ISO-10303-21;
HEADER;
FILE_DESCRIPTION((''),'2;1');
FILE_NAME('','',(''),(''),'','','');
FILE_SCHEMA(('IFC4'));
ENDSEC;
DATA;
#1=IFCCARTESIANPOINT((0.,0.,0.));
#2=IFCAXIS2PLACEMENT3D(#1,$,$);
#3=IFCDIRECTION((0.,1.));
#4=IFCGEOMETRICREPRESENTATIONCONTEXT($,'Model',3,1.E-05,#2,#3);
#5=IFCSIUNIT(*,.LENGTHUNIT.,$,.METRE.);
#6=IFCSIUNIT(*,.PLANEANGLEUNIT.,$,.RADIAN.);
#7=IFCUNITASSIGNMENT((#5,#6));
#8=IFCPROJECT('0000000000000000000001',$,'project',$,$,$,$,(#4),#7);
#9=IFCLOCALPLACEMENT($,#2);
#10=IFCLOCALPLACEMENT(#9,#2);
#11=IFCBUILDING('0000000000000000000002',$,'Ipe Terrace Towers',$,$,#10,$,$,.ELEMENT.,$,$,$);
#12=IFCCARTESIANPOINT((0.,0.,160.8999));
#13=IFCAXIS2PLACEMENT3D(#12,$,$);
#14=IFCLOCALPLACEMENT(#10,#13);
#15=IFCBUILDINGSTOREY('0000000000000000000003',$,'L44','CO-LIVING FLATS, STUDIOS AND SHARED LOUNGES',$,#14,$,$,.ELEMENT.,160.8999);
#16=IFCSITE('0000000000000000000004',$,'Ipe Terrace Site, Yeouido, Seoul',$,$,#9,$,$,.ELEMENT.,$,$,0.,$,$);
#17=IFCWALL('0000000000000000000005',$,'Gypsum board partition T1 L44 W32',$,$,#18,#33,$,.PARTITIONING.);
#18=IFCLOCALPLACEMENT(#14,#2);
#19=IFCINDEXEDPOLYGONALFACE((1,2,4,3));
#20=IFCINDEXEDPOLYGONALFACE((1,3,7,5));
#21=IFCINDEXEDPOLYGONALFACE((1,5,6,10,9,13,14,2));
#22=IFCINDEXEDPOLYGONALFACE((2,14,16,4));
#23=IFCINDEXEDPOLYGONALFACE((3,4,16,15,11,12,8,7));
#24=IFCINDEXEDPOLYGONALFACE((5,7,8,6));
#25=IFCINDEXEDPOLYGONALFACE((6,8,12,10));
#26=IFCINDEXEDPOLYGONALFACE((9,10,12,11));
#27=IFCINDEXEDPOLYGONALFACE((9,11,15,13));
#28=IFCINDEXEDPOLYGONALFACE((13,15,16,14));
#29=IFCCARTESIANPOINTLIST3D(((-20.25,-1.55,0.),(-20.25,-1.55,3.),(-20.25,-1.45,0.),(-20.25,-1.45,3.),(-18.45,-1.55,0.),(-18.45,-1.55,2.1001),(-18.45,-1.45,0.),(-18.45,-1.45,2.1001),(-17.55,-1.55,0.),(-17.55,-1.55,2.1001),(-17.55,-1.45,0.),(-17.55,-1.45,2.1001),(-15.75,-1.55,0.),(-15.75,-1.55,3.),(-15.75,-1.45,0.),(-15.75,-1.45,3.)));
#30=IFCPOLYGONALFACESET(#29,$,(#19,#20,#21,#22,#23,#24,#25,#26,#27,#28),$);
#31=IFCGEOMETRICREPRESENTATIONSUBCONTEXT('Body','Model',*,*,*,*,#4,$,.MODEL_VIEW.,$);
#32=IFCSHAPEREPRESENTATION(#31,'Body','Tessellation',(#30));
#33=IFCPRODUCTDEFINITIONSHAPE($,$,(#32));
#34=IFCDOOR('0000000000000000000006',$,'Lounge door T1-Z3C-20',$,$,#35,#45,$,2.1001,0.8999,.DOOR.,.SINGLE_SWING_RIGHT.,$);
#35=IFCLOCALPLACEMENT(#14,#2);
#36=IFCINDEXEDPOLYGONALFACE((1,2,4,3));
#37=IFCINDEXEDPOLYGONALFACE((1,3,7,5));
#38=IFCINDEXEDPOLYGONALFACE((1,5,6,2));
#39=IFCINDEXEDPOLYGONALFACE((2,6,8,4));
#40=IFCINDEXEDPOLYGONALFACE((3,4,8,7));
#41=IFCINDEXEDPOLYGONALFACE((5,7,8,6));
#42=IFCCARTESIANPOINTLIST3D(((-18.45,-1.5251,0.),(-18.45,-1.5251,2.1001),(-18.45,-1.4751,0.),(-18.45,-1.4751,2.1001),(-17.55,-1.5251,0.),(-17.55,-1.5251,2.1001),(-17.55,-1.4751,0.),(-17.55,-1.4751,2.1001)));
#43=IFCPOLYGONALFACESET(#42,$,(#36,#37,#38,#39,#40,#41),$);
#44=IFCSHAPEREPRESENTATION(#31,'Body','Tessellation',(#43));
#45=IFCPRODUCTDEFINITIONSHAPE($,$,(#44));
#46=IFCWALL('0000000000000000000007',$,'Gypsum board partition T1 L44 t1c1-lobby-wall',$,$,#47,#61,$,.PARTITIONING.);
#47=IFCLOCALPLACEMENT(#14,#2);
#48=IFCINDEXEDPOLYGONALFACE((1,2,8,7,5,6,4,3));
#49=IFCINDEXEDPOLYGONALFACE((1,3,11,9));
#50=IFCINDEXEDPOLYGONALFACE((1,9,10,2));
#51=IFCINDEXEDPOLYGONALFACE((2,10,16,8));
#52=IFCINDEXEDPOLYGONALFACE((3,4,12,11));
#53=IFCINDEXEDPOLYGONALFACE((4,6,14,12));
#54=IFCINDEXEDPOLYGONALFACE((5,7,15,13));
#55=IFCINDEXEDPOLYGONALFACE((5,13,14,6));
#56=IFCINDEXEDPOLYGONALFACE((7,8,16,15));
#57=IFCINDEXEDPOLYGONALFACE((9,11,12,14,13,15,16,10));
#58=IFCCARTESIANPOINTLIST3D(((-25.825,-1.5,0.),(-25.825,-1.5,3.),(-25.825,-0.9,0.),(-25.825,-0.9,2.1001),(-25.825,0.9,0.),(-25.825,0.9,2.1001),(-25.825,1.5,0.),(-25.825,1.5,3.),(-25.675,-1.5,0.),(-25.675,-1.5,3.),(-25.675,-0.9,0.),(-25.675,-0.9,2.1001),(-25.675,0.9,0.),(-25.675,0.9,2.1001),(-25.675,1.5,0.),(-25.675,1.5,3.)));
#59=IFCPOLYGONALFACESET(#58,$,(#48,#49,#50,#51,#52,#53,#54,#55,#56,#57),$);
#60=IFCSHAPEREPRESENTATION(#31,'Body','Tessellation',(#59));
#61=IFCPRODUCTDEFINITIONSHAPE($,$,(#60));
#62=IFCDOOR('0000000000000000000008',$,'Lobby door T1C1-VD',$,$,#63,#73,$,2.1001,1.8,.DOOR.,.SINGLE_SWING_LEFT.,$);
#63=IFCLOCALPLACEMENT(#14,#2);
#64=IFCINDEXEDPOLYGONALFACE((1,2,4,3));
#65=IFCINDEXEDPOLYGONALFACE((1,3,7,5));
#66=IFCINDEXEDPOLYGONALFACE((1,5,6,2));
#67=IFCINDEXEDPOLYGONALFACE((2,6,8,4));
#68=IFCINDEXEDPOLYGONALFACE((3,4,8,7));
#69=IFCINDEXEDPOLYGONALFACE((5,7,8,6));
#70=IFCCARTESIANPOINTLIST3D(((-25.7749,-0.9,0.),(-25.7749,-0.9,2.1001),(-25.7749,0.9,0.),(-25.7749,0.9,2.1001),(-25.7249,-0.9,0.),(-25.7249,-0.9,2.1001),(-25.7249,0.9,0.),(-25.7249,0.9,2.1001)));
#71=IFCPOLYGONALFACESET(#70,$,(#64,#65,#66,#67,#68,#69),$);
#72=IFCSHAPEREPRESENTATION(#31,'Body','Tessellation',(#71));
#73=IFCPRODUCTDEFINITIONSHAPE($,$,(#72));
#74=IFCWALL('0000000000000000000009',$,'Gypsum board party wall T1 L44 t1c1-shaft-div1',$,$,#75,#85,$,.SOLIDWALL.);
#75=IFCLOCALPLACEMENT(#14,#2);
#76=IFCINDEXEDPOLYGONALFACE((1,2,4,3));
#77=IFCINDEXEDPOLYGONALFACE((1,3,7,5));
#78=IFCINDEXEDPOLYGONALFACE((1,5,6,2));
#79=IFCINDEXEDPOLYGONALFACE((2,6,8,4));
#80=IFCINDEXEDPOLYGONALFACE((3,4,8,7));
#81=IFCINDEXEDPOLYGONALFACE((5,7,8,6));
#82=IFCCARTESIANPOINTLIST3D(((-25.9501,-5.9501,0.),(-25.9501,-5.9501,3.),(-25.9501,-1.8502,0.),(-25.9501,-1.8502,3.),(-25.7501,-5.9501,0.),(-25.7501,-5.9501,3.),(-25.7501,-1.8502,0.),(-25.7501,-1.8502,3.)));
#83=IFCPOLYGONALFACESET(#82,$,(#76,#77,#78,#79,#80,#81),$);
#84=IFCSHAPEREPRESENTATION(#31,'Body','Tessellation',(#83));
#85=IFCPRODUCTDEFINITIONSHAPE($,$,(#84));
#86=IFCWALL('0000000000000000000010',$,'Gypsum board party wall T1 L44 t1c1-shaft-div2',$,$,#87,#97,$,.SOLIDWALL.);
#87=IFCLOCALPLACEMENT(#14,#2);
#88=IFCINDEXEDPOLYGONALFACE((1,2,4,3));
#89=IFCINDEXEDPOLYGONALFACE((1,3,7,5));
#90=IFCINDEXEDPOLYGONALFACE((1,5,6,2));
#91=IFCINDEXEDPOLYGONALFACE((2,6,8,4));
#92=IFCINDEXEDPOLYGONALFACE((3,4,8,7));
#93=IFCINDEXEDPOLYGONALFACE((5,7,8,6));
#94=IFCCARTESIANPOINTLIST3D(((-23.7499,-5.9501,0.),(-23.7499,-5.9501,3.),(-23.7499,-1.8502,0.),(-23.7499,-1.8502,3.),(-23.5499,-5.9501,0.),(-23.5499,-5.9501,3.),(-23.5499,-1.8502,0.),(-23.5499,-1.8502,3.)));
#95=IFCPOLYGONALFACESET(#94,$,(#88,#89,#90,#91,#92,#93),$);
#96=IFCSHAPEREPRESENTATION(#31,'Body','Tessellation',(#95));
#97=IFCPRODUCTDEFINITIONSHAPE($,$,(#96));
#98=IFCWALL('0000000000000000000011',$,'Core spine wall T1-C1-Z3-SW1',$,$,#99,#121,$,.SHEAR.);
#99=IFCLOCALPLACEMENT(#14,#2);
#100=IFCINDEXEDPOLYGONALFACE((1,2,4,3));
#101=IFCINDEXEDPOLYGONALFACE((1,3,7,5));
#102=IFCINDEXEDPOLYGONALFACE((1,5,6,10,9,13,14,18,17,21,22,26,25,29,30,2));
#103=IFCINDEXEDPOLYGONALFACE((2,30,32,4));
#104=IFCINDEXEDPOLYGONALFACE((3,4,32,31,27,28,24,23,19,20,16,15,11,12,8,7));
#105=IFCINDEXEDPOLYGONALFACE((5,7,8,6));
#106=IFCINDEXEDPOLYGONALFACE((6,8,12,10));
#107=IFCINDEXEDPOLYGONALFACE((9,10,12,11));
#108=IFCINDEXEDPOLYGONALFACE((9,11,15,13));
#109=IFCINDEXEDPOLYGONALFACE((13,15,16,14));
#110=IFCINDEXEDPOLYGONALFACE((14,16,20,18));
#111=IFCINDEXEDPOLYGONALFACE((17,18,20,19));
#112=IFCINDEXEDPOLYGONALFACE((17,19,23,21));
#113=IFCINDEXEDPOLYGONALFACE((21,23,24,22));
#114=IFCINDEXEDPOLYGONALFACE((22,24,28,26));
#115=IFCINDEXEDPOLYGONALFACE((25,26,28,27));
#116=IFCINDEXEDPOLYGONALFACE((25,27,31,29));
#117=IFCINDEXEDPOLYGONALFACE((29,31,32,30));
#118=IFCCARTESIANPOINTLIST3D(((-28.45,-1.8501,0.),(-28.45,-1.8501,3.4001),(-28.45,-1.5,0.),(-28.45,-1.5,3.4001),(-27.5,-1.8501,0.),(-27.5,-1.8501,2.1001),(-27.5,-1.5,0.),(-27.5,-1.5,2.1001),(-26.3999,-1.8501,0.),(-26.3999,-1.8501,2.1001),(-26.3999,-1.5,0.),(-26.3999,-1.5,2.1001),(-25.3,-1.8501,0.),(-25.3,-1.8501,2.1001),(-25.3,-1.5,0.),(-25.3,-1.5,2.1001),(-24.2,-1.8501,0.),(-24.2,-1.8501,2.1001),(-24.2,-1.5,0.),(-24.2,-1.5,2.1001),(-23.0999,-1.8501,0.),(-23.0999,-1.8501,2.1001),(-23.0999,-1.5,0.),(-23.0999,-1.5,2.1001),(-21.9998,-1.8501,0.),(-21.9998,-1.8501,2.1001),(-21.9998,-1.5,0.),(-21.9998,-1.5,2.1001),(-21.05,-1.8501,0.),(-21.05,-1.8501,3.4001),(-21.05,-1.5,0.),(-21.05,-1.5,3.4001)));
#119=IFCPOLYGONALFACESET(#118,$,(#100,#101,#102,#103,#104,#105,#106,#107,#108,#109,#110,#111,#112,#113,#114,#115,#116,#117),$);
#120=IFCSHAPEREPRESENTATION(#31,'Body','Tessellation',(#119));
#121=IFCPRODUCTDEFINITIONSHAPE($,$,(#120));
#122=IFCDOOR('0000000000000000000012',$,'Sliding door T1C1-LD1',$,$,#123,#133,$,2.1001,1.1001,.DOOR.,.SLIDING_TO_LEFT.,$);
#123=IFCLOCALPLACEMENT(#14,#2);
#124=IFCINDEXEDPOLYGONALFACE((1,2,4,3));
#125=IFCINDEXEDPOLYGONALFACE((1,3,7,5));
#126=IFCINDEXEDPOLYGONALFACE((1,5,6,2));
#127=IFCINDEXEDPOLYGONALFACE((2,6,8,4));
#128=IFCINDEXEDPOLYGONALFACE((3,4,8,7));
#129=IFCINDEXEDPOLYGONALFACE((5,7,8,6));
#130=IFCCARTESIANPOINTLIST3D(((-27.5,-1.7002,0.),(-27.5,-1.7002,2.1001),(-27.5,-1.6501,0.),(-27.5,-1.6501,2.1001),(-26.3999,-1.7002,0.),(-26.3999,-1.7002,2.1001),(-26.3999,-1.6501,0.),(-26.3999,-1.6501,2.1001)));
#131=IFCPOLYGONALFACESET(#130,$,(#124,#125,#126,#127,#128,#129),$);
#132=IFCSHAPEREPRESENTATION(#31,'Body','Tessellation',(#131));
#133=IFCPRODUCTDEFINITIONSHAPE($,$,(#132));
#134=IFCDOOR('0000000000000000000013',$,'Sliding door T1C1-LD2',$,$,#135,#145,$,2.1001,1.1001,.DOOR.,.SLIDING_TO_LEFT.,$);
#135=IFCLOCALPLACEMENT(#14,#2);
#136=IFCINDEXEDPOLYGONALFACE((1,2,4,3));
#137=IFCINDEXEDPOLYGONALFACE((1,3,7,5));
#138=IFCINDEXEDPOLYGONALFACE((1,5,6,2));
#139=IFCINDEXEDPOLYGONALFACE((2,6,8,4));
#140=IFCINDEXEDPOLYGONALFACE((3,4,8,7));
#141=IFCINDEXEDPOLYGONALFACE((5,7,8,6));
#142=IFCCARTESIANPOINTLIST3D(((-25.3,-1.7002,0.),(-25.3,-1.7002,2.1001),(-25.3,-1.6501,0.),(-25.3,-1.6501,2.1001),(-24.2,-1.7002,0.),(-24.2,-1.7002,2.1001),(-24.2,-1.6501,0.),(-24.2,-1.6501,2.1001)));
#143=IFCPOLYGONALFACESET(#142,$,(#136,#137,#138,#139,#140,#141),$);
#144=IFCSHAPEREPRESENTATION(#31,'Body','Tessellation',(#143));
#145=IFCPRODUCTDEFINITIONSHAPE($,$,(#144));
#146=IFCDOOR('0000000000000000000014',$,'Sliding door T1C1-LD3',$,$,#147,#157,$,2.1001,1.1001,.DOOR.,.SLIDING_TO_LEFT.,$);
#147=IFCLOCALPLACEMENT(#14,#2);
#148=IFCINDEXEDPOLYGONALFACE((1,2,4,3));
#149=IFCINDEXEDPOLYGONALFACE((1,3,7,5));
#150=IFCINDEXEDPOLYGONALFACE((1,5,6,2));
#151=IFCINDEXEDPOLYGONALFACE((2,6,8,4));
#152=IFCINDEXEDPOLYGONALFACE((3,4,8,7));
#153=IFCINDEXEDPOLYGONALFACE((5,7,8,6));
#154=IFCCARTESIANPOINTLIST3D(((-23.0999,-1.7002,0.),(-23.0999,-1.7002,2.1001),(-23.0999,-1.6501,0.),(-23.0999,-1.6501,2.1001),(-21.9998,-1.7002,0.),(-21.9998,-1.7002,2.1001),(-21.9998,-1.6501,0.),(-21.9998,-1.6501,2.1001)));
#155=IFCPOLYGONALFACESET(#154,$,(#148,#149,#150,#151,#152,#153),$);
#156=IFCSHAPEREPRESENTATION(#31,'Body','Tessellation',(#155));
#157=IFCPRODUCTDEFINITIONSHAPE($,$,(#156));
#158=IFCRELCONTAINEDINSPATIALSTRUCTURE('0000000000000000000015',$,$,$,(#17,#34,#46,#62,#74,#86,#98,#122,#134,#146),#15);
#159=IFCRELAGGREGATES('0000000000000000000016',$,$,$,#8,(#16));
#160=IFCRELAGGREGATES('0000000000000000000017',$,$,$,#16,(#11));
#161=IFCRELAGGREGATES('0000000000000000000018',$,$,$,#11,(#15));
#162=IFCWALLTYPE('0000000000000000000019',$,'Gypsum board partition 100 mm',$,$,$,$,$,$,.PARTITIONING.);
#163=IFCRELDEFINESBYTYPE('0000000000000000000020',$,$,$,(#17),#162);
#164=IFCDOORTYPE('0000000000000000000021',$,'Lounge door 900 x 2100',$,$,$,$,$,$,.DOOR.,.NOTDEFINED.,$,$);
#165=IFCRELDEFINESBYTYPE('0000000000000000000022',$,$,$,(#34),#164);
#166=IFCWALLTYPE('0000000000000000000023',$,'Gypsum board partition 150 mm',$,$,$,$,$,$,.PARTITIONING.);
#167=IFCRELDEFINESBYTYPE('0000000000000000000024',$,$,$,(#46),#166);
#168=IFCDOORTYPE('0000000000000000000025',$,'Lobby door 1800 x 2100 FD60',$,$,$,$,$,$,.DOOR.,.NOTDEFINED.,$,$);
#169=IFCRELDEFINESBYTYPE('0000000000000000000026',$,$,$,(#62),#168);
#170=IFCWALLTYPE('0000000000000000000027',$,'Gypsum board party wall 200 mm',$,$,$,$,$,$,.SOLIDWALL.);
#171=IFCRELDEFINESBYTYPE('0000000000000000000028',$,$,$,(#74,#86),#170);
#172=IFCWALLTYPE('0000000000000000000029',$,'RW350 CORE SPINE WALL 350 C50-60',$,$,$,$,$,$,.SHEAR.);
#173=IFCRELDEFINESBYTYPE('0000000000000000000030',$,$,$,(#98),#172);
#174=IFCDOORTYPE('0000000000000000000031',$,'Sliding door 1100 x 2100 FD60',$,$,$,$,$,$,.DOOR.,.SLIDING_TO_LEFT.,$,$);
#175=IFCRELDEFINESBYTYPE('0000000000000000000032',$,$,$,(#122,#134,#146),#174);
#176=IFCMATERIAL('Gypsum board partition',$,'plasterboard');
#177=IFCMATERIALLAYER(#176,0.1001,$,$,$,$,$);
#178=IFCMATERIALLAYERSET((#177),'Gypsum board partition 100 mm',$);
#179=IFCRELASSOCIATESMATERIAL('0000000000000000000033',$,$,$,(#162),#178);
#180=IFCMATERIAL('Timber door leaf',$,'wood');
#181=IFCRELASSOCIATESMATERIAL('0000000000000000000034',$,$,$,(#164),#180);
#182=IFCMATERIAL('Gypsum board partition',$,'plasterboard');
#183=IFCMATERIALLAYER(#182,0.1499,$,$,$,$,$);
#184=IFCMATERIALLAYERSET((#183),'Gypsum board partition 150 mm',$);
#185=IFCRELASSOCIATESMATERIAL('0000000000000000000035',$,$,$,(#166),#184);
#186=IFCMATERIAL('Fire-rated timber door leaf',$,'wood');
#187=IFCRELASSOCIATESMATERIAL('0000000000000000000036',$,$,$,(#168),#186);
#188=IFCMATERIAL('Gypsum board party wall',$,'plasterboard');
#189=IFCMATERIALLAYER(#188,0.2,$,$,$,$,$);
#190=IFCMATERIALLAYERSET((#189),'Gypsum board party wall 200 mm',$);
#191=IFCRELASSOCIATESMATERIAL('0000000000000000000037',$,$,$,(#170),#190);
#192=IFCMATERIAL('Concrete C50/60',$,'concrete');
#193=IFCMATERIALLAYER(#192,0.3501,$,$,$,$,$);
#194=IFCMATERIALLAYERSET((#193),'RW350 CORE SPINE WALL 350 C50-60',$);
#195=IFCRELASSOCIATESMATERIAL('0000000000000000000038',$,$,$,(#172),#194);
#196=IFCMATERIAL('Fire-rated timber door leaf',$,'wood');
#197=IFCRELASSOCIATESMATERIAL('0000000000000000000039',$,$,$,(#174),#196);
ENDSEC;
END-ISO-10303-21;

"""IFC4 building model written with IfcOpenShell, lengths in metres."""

from ifc_helpers import new_model, si_unit, direction, frame, frame_2d, origin, place, context, subcontext, project, spatial, rectangle, extrude, material, layer, layer_set, type_object, element, fill, save


model = new_model("IFC4")

# Units and contexts
model_context = context("Model", 3, precision=1e-05, world=origin(), true_north=direction((0.0, 1.0)))
body_context = subcontext(model_context, "Body", "Model", "MODEL_VIEW")
ifc_project = project(units=[si_unit("LENGTHUNIT", "METRE"), si_unit("PLANEANGLEUNIT", "RADIAN")], contexts=[model_context])

# Site, building, storey
site_placement = place(None, origin())
site = spatial("IfcSite", under=ifc_project, at=site_placement, Name="Ipe Terrace Site, Yeouido, Seoul", CompositionType="ELEMENT", RefElevation=0.0)
building_placement = place(site_placement, origin())
building = spatial("IfcBuilding", under=site, at=building_placement, Name="Ipe Terrace Towers", CompositionType="ELEMENT")
storey_placement = place(building_placement, frame((0.0, 0.0, 160.8999)))
storey = spatial("IfcBuildingStorey", under=building, at=storey_placement, Name="L44", Description="CO-LIVING FLATS, STUDIOS AND SHARED LOUNGES", CompositionType="ELEMENT", Elevation=160.8999)

# Shared definitions
ifc_material_1 = material(Name="Gypsum board partition", Category="plasterboard")
ifc_layer_1 = layer(ifc_material_1, 0.1001)
ifc_layer_set_1 = layer_set([ifc_layer_1], Name="Gypsum board partition 100 mm")
wall_type_1 = type_object("IfcWallType", Name="Gypsum board partition 100 mm", PredefinedType="PARTITIONING", material=ifc_layer_set_1)
ifc_material_2 = material(Name="Timber door leaf", Category="wood")
door_type_1 = type_object("IfcDoorType", Name="Lounge door 900 x 2100", OperationType="NOTDEFINED", PredefinedType="DOOR", material=ifc_material_2)

# Walls, openings, doors
wall_1_placement = place(storey_placement, frame((-20.25, -1.5, 0.0), z_axis=(0.0, 0.0, 1.0), x_axis=(1.0, 0.0, 0.0)))
wall_1 = element("IfcWall", 1, at=wall_1_placement, inside=storey, type_object=wall_type_1, Name="Gypsum board partition T1 L44 W32", PredefinedType="PARTITIONING", context=body_context, shape_type="SweptSolid", body=[
    extrude(rectangle(XDim=4.5, YDim=0.1001, at=frame_2d((2.25, 0.0))), origin(), (0.0, 0.0, 1.0), 3.0),
])
opening_1_placement = place(wall_1_placement, frame((1.8, 0.0, 0.0)))
opening_1 = element("IfcOpeningElement", 2, at=opening_1_placement, cuts=wall_1, PredefinedType="OPENING", context=body_context, shape_type="SweptSolid", body=[
    extrude(rectangle(XDim=0.8999, YDim=2.1001, at=frame_2d((0.45, 1.05))), frame((0.0, 0.0601, 0.0), z_axis=(0.0, -1.0, 0.0), x_axis=(1.0, 0.0, 0.0)), (0.0, 0.0, 1.0), 0.1201),
])
door_1_placement = place(opening_1_placement, origin())
door_1 = element("IfcDoor", 3, at=door_1_placement, inside=storey, type_object=door_type_1, Name="Lounge door T1-Z3C-20", OperationType="SINGLE_SWING_RIGHT", OverallHeight=2.1001, OverallWidth=0.8999, PredefinedType="DOOR", context=body_context, shape_type="SweptSolid", body=[
    extrude(rectangle(XDim=0.8999, YDim=2.1001, at=frame_2d((0.45, 1.05))), frame((0.0, 0.0249, 0.0), z_axis=(0.0, -1.0, 0.0), x_axis=(1.0, 0.0, 0.0)), (0.0, 0.0, 1.0), 0.05),
])
fill(opening_1, door_1)
ifc_material_3 = material(Name="Gypsum board partition", Category="plasterboard")
ifc_layer_2 = layer(ifc_material_3, 0.1499)
ifc_layer_set_2 = layer_set([ifc_layer_2], Name="Gypsum board partition 150 mm")
wall_type_2 = type_object("IfcWallType", Name="Gypsum board partition 150 mm", PredefinedType="PARTITIONING", material=ifc_layer_set_2)
wall_2_placement = place(storey_placement, frame((-25.75, -1.5, 0.0), z_axis=(0.0, 0.0, 1.0), x_axis=(0.0, 1.0, 0.0)))
wall_2 = element("IfcWall", 4, at=wall_2_placement, inside=storey, type_object=wall_type_2, Name="Gypsum board partition T1 L44 t1c1-lobby-wall", PredefinedType="PARTITIONING", context=body_context, shape_type="SweptSolid", body=[
    extrude(rectangle(XDim=3.0, YDim=0.1499, at=frame_2d((1.5, 0.0))), origin(), (0.0, 0.0, 1.0), 3.0),
])
opening_2_placement = place(wall_2_placement, frame((0.6001, 0.0, 0.0)))
opening_2 = element("IfcOpeningElement", 5, at=opening_2_placement, cuts=wall_2, PredefinedType="OPENING", context=body_context, shape_type="SweptSolid", body=[
    extrude(rectangle(XDim=1.8, YDim=2.1001, at=frame_2d((0.8999, 1.05))), frame((0.0, 0.085, 0.0), z_axis=(0.0, -1.0, 0.0), x_axis=(1.0, 0.0, 0.0)), (0.0, 0.0, 1.0), 0.1699),
])
ifc_material_4 = material(Name="Fire-rated timber door leaf", Category="wood")
door_type_2 = type_object("IfcDoorType", Name="Lobby door 1800 x 2100 FD60", OperationType="NOTDEFINED", PredefinedType="DOOR", material=ifc_material_4)
door_2_placement = place(opening_2_placement, origin())
door_2 = element("IfcDoor", 6, at=door_2_placement, inside=storey, type_object=door_type_2, Name="Lobby door T1C1-VD", OperationType="SINGLE_SWING_LEFT", OverallHeight=2.1001, OverallWidth=1.8, PredefinedType="DOOR", context=body_context, shape_type="SweptSolid", body=[
    extrude(rectangle(XDim=1.8, YDim=2.1001, at=frame_2d((0.8999, 1.05))), frame((0.0, 0.0249, 0.0), z_axis=(0.0, -1.0, 0.0), x_axis=(1.0, 0.0, 0.0)), (0.0, 0.0, 1.0), 0.05),
])
fill(opening_2, door_2)

# Walls
ifc_material_5 = material(Name="Gypsum board party wall", Category="plasterboard")
ifc_layer_3 = layer(ifc_material_5, 0.2)
ifc_layer_set_3 = layer_set([ifc_layer_3], Name="Gypsum board party wall 200 mm")
wall_type_3 = type_object("IfcWallType", Name="Gypsum board party wall 200 mm", PredefinedType="SOLIDWALL", material=ifc_layer_set_3)
for number, where, z_axis, x_axis, name in (
    (7, (-25.8501, -5.95, 0.0), (0.0, 0.0, 1.0), (0.0, 1.0, 0.0), "Gypsum board party wall T1 L44 t1c1-shaft-div1"),
    (8, (-23.6499, -5.95, 0.0), (0.0, 0.0, 1.0), (0.0, 1.0, 0.0), "Gypsum board party wall T1 L44 t1c1-shaft-div2"),
):
    element("IfcWall", number, at=place(storey_placement, frame(where, z_axis=z_axis, x_axis=x_axis)), inside=storey, type_object=wall_type_3, Name=name, PredefinedType="SOLIDWALL", context=body_context, shape_type="SweptSolid", body=[
        extrude(rectangle(XDim=4.0999, YDim=0.2, at=frame_2d((2.0498, 0.0))), origin(), (0.0, 0.0, 1.0), 3.0),
    ])

# Wall, openings, doors
ifc_material_6 = material(Name="Concrete C50/60", Category="concrete")
ifc_layer_4 = layer(ifc_material_6, 0.3501)
ifc_layer_set_4 = layer_set([ifc_layer_4], Name="RW350 CORE SPINE WALL 350 C50-60")
wall_type_4 = type_object("IfcWallType", Name="RW350 CORE SPINE WALL 350 C50-60", PredefinedType="SHEAR", material=ifc_layer_set_4)
wall_3_placement = place(storey_placement, frame((-28.45, -1.675, 0.0), z_axis=(0.0, 0.0, 1.0), x_axis=(1.0, 0.0, 0.0)))
wall_3 = element("IfcWall", 9, at=wall_3_placement, inside=storey, type_object=wall_type_4, Name="Core spine wall T1-C1-Z3-SW1", PredefinedType="SHEAR", context=body_context, shape_type="SweptSolid", body=[
    extrude(rectangle(XDim=7.3999, YDim=0.3501, at=frame_2d((3.7, 0.0))), origin(), (0.0, 0.0, 1.0), 3.4001),
])
opening_3_placement = place(wall_3_placement, frame((0.95, 0.0, 0.0)))
opening_3 = element("IfcOpeningElement", 10, at=opening_3_placement, cuts=wall_3, PredefinedType="OPENING", context=body_context, shape_type="SweptSolid", body=[
    extrude(rectangle(XDim=1.1001, YDim=2.1001, at=frame_2d((0.55, 1.05))), frame((0.0, 0.1851, 0.0), z_axis=(0.0, -1.0, 0.0), x_axis=(1.0, 0.0, 0.0)), (0.0, 0.0, 1.0), 0.3701),
])
opening_4_placement = place(wall_3_placement, frame((3.1499, 0.0, 0.0)))
opening_4 = element("IfcOpeningElement", 11, at=opening_4_placement, cuts=wall_3, PredefinedType="OPENING", context=body_context, shape_type="SweptSolid", body=[
    extrude(rectangle(XDim=1.1001, YDim=2.1001, at=frame_2d((0.55, 1.05))), frame((0.0, 0.1851, 0.0), z_axis=(0.0, -1.0, 0.0), x_axis=(1.0, 0.0, 0.0)), (0.0, 0.0, 1.0), 0.3701),
])
opening_5_placement = place(wall_3_placement, frame((5.3501, 0.0, 0.0)))
opening_5 = element("IfcOpeningElement", 12, at=opening_5_placement, cuts=wall_3, PredefinedType="OPENING", context=body_context, shape_type="SweptSolid", body=[
    extrude(rectangle(XDim=1.1001, YDim=2.1001, at=frame_2d((0.55, 1.05))), frame((0.0, 0.1851, 0.0), z_axis=(0.0, -1.0, 0.0), x_axis=(1.0, 0.0, 0.0)), (0.0, 0.0, 1.0), 0.3701),
])
ifc_material_7 = material(Name="Fire-rated timber door leaf", Category="wood")
door_type_3 = type_object("IfcDoorType", Name="Sliding door 1100 x 2100 FD60", OperationType="SLIDING_TO_LEFT", PredefinedType="DOOR", material=ifc_material_7)
door_3_placement = place(opening_3_placement, origin())
door_3 = element("IfcDoor", 13, at=door_3_placement, inside=storey, type_object=door_type_3, Name="Sliding door T1C1-LD1", OperationType="SLIDING_TO_LEFT", OverallHeight=2.1001, OverallWidth=1.1001, PredefinedType="DOOR", context=body_context, shape_type="SweptSolid", body=[
    extrude(rectangle(XDim=1.1001, YDim=2.1001, at=frame_2d((0.55, 1.05))), frame((0.0, 0.0249, 0.0), z_axis=(0.0, -1.0, 0.0), x_axis=(1.0, 0.0, 0.0)), (0.0, 0.0, 1.0), 0.05),
])
fill(opening_3, door_3)
door_4_placement = place(opening_4_placement, origin())
door_4 = element("IfcDoor", 14, at=door_4_placement, inside=storey, type_object=door_type_3, Name="Sliding door T1C1-LD2", OperationType="SLIDING_TO_LEFT", OverallHeight=2.1001, OverallWidth=1.1001, PredefinedType="DOOR", context=body_context, shape_type="SweptSolid", body=[
    extrude(rectangle(XDim=1.1001, YDim=2.1001, at=frame_2d((0.55, 1.05))), frame((0.0, 0.0249, 0.0), z_axis=(0.0, -1.0, 0.0), x_axis=(1.0, 0.0, 0.0)), (0.0, 0.0, 1.0), 0.05),
])
fill(opening_4, door_4)
door_5_placement = place(opening_5_placement, origin())
door_5 = element("IfcDoor", 15, at=door_5_placement, inside=storey, type_object=door_type_3, Name="Sliding door T1C1-LD3", OperationType="SLIDING_TO_LEFT", OverallHeight=2.1001, OverallWidth=1.1001, PredefinedType="DOOR", context=body_context, shape_type="SweptSolid", body=[
    extrude(rectangle(XDim=1.1001, YDim=2.1001, at=frame_2d((0.55, 1.05))), frame((0.0, 0.0249, 0.0), z_axis=(0.0, -1.0, 0.0), x_axis=(1.0, 0.0, 0.0)), (0.0, 0.0, 1.0), 0.05),
])
fill(opening_5, door_5)

save(model, "model.ifc")
